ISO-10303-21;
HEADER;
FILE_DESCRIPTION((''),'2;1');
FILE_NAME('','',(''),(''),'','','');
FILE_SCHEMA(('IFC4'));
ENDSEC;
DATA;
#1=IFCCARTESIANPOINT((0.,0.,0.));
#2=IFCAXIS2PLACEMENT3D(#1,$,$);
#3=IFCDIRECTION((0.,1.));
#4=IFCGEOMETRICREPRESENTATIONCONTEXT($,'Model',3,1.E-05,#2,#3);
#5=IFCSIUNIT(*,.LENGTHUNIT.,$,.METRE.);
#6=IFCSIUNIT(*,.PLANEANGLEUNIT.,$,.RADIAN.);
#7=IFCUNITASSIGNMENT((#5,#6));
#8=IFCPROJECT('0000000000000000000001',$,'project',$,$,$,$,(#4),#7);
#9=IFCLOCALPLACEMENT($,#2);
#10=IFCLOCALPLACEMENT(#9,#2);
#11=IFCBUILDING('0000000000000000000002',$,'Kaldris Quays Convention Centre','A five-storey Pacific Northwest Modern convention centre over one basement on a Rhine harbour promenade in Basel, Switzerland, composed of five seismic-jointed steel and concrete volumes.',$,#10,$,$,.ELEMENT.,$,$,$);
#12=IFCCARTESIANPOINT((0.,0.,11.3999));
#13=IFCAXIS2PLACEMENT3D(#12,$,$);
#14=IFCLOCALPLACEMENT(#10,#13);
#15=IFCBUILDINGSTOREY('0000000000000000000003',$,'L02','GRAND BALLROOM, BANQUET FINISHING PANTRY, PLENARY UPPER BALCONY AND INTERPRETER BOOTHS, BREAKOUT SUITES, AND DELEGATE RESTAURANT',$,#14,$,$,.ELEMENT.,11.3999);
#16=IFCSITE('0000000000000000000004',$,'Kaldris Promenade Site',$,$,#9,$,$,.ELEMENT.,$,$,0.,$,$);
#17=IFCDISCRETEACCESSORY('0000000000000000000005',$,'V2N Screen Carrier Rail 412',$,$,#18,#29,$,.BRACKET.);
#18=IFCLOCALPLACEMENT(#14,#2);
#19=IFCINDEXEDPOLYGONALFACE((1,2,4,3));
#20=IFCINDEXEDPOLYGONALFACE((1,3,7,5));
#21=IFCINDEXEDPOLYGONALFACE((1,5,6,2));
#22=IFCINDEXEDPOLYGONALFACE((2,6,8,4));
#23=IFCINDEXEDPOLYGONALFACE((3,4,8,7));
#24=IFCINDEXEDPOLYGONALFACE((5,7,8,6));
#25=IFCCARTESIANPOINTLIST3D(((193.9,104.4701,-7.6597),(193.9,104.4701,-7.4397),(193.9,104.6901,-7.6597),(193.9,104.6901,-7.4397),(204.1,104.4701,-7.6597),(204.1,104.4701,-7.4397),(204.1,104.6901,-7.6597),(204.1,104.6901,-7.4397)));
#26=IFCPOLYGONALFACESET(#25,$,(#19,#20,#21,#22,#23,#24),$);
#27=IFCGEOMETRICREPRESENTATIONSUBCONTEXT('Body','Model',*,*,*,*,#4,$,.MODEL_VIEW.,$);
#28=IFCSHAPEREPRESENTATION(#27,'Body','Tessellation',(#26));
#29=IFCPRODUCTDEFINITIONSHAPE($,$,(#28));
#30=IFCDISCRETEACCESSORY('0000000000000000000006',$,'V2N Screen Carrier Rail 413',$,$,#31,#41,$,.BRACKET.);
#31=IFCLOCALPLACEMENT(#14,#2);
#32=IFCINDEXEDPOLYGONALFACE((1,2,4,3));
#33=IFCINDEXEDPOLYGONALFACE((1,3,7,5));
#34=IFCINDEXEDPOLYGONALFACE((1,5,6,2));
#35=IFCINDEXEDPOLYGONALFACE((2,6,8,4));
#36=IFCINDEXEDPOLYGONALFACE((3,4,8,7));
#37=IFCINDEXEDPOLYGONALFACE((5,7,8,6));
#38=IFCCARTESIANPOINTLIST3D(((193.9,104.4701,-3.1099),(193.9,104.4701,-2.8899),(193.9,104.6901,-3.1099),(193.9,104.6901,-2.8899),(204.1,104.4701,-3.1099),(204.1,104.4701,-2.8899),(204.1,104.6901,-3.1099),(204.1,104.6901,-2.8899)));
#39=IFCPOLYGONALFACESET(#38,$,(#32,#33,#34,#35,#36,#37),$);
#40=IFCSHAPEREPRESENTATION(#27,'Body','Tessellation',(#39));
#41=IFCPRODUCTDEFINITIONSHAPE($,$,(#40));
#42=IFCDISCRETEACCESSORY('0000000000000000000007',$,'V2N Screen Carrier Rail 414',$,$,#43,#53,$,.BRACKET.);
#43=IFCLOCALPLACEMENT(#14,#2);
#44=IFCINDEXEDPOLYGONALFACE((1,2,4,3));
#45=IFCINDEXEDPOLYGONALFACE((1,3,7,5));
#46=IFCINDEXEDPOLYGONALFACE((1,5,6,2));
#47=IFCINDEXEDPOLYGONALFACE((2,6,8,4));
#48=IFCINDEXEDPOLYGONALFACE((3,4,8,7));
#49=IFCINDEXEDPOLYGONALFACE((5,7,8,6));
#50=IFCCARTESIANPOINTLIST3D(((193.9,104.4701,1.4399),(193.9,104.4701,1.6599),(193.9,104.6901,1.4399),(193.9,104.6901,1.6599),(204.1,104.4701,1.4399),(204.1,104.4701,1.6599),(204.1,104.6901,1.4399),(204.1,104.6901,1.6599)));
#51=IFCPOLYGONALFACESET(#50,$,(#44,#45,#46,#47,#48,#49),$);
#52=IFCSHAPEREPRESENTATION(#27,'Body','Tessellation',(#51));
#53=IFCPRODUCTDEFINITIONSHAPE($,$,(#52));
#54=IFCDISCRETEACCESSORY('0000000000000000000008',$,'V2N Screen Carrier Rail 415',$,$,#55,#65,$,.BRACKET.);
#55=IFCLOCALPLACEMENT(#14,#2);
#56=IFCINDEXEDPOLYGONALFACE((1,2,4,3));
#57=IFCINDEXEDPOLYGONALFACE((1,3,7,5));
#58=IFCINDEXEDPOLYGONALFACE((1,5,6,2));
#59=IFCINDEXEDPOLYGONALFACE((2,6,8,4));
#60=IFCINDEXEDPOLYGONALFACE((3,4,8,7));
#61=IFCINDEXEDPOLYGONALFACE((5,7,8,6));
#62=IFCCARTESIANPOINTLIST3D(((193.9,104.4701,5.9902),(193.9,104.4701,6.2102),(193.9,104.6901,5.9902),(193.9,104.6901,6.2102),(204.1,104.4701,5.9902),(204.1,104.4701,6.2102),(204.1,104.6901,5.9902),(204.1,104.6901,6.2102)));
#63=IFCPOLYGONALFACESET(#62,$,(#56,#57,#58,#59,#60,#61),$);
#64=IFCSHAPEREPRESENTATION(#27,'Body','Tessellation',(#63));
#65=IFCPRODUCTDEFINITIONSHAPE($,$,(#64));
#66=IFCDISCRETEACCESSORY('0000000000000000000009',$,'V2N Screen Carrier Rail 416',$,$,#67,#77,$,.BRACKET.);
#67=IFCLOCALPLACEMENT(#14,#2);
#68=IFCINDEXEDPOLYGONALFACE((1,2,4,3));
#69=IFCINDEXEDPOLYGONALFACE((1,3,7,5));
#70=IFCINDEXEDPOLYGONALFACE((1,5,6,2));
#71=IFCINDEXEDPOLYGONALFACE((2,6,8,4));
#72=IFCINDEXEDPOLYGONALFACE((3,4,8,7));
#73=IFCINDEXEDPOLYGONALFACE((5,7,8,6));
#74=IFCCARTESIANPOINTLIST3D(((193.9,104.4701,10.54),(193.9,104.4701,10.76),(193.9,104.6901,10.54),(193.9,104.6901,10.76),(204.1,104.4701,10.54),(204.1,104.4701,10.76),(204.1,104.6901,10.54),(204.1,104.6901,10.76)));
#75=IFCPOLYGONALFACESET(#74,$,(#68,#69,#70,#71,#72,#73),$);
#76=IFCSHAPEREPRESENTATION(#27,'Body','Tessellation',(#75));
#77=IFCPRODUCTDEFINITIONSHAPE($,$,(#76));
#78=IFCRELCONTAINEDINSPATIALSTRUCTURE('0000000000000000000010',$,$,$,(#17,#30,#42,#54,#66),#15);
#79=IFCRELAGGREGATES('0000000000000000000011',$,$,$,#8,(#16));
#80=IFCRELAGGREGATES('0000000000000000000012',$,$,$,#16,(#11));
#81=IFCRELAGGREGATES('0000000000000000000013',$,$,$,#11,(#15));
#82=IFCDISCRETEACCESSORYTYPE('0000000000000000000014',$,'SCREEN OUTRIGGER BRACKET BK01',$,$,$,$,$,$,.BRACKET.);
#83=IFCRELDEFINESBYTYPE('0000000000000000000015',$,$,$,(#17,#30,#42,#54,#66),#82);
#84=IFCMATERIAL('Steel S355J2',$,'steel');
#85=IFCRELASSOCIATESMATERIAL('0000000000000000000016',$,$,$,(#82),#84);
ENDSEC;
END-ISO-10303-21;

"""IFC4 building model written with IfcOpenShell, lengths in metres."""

from ifc_helpers import new_model, si_unit, direction, frame, origin, origin_2d, place, context, subcontext, project, spatial, rectangle, extrude, material, type_object, element, save


model = new_model("IFC4")

# Units and contexts
model_context = context("Model", 3, precision=1e-05, world=origin(), true_north=direction((0.0, 1.0)))
body_context = subcontext(model_context, "Body", "Model", "MODEL_VIEW")
ifc_project = project(units=[si_unit("LENGTHUNIT", "METRE"), si_unit("PLANEANGLEUNIT", "RADIAN")], contexts=[model_context])

# Site, building, storey
site_placement = place(None, origin())
site = spatial("IfcSite", under=ifc_project, at=site_placement, Name="Kaldris Promenade Site", CompositionType="ELEMENT", RefElevation=0.0)
building_placement = place(site_placement, origin())
building = spatial("IfcBuilding", under=site, at=building_placement, Name="Kaldris Quays Convention Centre", Description="A five-storey Pacific Northwest Modern convention centre over one basement on a Rhine harbour promenade in Basel, Switzerland, composed of five seismic-jointed steel and concrete volumes.", CompositionType="ELEMENT")
storey_placement = place(building_placement, frame((0.0, 0.0, 11.3999)))
storey = spatial("IfcBuildingStorey", under=building, at=storey_placement, Name="L02", Description="GRAND BALLROOM, BANQUET FINISHING PANTRY, PLENARY UPPER BALCONY AND INTERPRETER BOOTHS, BREAKOUT SUITES, AND DELEGATE RESTAURANT", CompositionType="ELEMENT", Elevation=11.3999)

# Shared definitions
ifc_material_1 = material(Name="Steel S355J2", Category="steel")

# Discrete accessories
discrete_accessory_type = type_object("IfcDiscreteAccessoryType", Name="SCREEN OUTRIGGER BRACKET BK01", PredefinedType="BRACKET", material=ifc_material_1)
for number, where, z_axis, x_axis, name in (
    (1, (199.0, 104.5801, -7.6597), (0.0, 0.0, 1.0), (1.0, 0.0, 0.0), "V2N Screen Carrier Rail 412"),
    (2, (199.0, 104.5801, -3.1099), (0.0, 0.0, 1.0), (1.0, 0.0, 0.0), "V2N Screen Carrier Rail 413"),
    (3, (199.0, 104.5801, 1.4399), (0.0, 0.0, 1.0), (1.0, 0.0, 0.0), "V2N Screen Carrier Rail 414"),
    (4, (199.0, 104.5801, 5.9902), (0.0, 0.0, 1.0), (1.0, 0.0, 0.0), "V2N Screen Carrier Rail 415"),
    (5, (199.0, 104.5801, 10.54), (0.0, 0.0, 1.0), (1.0, 0.0, 0.0), "V2N Screen Carrier Rail 416"),
):
    element("IfcDiscreteAccessory", number, at=place(storey_placement, frame(where, z_axis=z_axis, x_axis=x_axis)), inside=storey, type_object=discrete_accessory_type, Name=name, PredefinedType="BRACKET", context=body_context, shape_type="SweptSolid", body=[
        extrude(rectangle(XDim=10.2, YDim=0.22, at=origin_2d()), origin(), (0.0, 0.0, 1.0), 0.22),
    ])

save(model, "model.ifc")
